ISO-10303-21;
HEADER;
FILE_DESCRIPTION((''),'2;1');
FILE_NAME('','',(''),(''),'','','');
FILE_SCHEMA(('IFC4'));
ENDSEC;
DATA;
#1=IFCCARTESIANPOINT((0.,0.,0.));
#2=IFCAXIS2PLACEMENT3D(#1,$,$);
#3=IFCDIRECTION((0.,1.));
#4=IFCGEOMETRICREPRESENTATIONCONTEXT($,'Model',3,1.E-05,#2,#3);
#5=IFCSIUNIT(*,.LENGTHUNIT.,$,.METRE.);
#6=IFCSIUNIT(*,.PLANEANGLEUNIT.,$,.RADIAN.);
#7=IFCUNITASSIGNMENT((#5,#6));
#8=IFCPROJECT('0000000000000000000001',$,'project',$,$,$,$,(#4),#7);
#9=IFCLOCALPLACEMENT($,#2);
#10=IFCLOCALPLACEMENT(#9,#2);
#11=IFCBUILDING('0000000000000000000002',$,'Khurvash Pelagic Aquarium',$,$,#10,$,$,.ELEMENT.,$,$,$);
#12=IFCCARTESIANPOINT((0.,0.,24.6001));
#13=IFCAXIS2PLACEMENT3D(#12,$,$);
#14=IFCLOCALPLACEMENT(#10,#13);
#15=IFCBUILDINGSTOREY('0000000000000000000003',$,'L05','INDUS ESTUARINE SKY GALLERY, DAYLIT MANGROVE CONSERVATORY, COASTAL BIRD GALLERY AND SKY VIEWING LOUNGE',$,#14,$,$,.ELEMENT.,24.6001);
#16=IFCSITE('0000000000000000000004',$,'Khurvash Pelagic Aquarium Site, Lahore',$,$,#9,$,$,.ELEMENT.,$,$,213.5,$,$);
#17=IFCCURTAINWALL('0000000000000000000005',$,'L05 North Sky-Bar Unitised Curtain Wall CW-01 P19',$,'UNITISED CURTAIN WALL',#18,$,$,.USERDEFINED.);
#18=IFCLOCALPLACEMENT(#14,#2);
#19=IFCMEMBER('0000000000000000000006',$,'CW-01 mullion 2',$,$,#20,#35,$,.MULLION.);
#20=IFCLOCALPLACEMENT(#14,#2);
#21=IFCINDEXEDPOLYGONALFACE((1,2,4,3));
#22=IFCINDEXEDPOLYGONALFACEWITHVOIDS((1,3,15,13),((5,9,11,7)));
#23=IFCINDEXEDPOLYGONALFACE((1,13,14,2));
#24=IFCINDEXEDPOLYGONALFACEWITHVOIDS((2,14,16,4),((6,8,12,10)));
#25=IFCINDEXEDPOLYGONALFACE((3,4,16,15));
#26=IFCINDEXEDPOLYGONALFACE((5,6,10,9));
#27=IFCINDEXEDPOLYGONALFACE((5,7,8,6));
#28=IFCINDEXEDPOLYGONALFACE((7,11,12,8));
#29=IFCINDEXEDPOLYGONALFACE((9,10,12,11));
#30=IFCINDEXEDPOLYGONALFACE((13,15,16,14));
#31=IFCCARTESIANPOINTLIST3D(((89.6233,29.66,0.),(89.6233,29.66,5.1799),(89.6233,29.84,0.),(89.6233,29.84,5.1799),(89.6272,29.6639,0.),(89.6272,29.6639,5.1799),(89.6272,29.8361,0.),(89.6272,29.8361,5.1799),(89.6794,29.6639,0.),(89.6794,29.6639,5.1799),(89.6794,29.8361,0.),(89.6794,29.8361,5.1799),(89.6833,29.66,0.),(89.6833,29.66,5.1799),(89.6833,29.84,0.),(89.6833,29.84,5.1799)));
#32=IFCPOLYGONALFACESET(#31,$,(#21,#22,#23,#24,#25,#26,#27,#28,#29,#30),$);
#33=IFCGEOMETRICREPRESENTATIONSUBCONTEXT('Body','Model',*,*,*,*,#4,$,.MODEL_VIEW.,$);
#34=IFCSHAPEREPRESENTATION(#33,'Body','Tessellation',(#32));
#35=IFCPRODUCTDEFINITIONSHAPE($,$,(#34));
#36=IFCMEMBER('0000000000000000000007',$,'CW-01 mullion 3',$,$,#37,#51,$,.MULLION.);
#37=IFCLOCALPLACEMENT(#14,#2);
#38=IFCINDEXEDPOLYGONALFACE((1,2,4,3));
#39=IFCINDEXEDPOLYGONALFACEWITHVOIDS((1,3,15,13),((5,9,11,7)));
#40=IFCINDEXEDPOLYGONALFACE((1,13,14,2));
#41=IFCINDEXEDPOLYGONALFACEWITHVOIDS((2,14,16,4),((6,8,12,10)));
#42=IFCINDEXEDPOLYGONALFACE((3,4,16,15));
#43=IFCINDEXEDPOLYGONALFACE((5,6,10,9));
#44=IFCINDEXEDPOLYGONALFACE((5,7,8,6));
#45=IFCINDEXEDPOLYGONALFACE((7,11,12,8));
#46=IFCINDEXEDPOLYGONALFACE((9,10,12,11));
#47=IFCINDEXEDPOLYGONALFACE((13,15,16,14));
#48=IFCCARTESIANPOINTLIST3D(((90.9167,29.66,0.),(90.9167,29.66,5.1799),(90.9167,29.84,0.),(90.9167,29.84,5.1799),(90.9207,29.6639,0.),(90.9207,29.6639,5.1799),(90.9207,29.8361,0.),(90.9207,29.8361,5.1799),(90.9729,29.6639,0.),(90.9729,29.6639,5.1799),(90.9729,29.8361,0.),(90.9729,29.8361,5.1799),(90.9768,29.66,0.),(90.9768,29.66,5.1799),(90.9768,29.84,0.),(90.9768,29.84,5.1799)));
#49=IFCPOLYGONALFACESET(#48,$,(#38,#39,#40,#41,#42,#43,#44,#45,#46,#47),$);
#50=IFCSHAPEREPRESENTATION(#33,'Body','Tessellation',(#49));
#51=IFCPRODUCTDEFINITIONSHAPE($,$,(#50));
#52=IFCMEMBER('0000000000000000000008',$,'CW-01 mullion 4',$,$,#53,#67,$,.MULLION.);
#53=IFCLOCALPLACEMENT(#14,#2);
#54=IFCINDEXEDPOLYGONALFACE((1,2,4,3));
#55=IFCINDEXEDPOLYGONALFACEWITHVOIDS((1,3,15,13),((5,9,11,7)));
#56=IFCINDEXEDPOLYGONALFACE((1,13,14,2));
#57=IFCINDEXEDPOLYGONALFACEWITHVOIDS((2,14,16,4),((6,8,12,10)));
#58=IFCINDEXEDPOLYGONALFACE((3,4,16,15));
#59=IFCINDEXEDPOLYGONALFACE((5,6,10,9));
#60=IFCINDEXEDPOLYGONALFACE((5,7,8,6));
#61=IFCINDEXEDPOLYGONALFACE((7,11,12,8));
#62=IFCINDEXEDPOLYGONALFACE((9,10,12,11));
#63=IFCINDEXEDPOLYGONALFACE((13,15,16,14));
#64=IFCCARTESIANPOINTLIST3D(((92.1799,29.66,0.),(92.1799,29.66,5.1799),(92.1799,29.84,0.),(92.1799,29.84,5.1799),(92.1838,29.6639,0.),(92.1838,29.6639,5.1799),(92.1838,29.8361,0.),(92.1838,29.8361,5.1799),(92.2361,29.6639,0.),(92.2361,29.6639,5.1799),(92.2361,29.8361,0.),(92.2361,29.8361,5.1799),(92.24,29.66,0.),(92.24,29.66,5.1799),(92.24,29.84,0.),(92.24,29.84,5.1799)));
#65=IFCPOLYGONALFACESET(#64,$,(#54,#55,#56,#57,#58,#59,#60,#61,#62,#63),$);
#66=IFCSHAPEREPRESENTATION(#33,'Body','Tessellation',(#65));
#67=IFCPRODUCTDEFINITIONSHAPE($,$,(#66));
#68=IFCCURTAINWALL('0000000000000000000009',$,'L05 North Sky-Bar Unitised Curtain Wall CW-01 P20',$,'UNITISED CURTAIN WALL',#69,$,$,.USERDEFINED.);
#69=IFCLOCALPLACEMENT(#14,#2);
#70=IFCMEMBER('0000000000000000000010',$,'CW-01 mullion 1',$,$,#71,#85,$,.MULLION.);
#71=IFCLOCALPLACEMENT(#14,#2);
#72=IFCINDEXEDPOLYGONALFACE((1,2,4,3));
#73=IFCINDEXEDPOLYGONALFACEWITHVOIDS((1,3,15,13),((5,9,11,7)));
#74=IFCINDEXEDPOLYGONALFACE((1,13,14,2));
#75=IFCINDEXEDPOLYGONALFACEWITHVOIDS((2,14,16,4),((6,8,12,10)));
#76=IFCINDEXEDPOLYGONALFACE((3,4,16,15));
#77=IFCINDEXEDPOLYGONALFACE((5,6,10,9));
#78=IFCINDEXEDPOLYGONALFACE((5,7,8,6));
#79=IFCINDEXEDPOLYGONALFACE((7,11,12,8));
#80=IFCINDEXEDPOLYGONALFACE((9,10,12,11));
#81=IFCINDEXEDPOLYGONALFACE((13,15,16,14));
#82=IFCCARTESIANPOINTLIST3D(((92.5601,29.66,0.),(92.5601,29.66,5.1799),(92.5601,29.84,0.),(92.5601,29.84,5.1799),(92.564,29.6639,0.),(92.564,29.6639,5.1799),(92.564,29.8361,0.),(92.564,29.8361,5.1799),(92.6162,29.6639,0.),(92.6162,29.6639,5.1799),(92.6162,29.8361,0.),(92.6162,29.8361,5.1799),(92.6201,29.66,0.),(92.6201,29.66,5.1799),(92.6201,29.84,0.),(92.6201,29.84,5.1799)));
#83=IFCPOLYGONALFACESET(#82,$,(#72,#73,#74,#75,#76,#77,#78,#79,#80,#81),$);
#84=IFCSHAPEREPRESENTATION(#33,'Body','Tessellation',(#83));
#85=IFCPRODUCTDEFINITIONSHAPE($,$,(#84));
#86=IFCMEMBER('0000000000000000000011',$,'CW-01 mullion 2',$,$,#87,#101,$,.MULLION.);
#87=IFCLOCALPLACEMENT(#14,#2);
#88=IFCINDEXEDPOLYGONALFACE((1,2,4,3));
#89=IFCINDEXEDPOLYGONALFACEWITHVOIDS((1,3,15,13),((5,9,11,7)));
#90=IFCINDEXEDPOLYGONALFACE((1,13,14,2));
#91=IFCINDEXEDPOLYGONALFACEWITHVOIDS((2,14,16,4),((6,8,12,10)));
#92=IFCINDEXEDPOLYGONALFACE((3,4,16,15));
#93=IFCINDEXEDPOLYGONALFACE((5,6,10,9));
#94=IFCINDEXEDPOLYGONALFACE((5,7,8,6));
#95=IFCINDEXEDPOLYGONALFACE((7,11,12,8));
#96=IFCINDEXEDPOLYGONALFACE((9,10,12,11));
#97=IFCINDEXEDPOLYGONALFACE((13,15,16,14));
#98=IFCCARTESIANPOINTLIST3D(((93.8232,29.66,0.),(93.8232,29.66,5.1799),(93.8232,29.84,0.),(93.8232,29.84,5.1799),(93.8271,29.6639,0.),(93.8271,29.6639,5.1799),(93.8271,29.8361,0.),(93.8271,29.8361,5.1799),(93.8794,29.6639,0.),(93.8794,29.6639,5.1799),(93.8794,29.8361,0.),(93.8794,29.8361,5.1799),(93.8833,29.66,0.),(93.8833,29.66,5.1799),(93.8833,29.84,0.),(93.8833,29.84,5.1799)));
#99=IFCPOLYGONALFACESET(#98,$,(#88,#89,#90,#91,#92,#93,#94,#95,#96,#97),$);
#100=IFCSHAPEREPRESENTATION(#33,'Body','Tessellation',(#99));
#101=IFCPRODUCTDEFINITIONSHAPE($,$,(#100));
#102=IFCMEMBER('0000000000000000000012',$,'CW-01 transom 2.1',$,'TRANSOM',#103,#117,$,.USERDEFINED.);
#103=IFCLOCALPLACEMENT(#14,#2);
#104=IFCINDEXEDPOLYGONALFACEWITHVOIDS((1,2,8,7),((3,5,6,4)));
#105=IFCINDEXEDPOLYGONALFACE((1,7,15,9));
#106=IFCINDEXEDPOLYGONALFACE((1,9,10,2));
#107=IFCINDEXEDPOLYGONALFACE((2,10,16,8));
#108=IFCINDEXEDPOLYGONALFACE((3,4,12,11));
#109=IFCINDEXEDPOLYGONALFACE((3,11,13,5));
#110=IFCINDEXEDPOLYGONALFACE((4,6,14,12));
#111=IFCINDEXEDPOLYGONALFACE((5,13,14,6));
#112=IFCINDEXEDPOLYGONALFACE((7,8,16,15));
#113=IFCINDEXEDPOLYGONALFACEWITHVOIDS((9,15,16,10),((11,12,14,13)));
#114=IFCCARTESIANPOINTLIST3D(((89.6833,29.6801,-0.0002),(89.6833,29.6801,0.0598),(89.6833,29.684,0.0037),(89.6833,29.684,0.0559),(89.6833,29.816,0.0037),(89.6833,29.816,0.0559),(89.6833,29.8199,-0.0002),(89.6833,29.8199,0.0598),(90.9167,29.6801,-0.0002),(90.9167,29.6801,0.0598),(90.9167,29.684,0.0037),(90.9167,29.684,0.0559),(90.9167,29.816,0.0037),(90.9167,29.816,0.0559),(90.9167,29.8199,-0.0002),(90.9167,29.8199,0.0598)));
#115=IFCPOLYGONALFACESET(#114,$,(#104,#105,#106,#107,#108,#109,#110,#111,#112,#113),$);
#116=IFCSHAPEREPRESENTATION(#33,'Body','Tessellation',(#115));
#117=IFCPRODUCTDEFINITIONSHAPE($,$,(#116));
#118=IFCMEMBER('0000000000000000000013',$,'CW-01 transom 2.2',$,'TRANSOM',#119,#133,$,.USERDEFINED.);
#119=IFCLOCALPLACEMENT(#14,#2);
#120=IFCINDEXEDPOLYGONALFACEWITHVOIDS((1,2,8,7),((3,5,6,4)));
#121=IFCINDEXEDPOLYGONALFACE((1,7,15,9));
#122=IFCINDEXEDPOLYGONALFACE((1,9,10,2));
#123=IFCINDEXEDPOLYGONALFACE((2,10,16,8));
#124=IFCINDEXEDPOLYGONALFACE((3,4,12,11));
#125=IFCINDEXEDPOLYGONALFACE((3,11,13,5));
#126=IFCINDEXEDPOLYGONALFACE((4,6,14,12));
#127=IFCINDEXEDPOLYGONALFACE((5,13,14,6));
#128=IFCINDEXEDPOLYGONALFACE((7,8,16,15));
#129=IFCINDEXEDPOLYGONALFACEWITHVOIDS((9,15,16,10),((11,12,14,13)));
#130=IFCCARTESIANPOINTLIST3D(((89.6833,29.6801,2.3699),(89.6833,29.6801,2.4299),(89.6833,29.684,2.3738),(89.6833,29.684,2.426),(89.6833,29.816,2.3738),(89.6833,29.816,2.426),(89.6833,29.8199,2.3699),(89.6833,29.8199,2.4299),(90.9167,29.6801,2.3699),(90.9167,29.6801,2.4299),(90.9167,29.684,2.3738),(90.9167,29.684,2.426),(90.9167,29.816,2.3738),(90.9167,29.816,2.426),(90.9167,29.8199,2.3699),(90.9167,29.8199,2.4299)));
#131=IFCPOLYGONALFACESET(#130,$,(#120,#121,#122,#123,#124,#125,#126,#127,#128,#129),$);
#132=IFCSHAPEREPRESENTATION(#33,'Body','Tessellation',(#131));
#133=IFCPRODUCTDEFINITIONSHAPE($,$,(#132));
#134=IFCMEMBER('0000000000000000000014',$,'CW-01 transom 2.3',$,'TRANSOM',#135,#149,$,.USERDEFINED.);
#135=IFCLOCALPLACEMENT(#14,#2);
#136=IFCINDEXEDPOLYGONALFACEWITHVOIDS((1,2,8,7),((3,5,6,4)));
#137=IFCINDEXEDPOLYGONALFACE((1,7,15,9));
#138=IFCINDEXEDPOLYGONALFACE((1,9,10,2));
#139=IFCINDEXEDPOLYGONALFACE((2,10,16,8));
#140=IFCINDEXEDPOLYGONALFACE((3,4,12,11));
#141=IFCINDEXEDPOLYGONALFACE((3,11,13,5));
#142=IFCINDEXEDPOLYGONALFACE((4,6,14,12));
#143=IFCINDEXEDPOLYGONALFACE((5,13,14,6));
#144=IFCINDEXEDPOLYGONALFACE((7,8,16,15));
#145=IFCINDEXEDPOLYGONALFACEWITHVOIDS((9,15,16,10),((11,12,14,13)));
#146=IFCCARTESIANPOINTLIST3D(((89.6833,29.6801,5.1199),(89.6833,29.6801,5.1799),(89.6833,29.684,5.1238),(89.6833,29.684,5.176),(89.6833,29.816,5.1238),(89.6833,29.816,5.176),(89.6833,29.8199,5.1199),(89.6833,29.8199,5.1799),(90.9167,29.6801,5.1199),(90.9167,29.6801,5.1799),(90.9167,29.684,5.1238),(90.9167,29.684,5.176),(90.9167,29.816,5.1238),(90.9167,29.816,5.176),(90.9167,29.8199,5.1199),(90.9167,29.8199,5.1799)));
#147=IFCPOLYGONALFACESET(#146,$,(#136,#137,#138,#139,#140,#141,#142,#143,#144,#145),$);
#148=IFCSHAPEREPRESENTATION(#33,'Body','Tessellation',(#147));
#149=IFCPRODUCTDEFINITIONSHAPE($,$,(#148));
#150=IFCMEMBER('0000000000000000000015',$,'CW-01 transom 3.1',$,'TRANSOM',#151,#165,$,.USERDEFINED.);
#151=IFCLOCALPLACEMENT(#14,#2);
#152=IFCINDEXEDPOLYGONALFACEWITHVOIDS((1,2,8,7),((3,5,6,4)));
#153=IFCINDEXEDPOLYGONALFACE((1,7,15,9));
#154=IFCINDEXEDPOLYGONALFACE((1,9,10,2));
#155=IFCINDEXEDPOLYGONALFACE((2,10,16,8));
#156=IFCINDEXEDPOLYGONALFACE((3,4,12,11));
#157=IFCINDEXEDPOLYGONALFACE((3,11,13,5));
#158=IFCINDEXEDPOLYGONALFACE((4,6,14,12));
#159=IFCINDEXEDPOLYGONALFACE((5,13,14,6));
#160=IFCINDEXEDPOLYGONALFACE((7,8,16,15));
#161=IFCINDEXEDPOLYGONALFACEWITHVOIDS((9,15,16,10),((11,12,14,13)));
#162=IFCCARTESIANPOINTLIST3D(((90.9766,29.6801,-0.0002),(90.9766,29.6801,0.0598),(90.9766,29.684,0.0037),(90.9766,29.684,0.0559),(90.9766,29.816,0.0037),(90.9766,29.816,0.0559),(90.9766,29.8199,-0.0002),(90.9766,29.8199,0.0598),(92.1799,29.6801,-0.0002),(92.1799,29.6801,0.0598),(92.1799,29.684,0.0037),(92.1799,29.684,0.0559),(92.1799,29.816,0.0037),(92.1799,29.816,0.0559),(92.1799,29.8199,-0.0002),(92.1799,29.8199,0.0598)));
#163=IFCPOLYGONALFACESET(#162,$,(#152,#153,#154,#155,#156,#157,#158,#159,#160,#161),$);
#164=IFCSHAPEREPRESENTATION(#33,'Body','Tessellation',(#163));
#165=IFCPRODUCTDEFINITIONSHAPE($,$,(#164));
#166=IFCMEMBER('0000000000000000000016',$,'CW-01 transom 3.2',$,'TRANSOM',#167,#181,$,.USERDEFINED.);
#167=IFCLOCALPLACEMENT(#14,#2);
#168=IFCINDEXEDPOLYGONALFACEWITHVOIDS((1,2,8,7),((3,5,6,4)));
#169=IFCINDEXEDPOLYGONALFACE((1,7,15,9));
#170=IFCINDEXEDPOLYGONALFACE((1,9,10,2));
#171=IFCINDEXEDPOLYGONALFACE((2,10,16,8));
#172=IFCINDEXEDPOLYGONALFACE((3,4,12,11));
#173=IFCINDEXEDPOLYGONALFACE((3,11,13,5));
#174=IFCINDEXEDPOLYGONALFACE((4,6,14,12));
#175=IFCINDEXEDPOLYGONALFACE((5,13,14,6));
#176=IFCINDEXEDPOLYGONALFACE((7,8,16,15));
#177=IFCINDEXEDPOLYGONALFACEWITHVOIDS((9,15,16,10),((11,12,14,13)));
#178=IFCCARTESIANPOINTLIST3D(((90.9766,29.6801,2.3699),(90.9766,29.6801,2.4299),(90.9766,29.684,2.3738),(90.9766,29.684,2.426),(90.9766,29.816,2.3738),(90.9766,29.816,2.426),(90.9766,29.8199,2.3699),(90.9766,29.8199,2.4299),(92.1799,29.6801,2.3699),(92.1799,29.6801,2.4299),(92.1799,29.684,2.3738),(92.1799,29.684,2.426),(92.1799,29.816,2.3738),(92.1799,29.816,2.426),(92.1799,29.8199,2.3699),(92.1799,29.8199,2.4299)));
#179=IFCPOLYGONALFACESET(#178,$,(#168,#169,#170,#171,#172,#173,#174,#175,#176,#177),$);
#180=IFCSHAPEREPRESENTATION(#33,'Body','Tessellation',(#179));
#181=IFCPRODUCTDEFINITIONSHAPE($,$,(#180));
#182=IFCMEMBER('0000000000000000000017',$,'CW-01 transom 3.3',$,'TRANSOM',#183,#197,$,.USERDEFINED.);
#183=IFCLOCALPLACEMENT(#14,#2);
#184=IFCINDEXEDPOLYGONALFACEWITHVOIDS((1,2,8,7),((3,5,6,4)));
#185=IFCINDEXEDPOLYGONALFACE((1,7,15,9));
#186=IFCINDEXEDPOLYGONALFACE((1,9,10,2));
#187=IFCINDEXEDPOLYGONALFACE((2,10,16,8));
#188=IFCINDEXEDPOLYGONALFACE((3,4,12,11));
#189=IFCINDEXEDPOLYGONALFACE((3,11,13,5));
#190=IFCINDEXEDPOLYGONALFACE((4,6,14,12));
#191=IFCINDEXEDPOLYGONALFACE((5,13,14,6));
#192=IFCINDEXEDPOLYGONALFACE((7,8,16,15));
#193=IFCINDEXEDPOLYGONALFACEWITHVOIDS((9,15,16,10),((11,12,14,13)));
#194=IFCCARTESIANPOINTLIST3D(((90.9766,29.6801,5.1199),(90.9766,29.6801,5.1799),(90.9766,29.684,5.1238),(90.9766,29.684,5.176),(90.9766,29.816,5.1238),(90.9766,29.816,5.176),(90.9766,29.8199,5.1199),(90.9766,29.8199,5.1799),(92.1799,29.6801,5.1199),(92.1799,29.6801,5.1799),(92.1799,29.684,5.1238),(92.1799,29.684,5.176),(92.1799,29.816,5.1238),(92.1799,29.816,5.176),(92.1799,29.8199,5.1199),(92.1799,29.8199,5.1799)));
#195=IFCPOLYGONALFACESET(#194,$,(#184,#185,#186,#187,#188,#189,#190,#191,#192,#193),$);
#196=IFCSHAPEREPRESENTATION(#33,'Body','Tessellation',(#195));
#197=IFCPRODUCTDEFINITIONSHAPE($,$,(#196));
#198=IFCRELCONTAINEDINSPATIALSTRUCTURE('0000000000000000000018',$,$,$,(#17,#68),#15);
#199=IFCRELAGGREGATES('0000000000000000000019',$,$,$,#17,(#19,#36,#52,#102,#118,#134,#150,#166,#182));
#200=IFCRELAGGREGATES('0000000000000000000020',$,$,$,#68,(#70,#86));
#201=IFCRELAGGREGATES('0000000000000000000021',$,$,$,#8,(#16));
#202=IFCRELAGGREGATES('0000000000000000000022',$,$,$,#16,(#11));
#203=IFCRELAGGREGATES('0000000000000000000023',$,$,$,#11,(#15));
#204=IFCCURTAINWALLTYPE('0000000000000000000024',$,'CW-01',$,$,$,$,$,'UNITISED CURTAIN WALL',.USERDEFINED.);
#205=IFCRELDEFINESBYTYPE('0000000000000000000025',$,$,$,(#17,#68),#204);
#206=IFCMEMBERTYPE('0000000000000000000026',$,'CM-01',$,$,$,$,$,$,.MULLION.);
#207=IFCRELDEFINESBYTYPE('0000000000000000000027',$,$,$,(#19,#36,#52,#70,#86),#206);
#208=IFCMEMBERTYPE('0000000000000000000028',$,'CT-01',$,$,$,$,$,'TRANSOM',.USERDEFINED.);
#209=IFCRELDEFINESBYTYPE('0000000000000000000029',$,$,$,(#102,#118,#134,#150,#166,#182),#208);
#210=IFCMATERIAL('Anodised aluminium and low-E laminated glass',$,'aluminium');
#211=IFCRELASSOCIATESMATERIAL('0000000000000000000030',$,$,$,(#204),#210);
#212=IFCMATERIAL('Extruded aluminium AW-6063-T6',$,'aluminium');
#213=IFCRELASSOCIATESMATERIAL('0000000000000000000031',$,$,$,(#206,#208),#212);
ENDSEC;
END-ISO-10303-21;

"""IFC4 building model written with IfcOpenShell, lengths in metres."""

from ifc_helpers import new_model, si_unit, direction, frame, origin, origin_2d, place, context, subcontext, project, spatial, hollow_rectangle, extrude, material, material_profile, profile_set, type_object, element, aggregate, save


model = new_model("IFC4")

# Units and contexts
model_context = context("Model", 3, precision=1e-05, world=origin(), true_north=direction((0.0, 1.0)))
body_context = subcontext(model_context, "Body", "Model", "MODEL_VIEW")
ifc_project = project(units=[si_unit("LENGTHUNIT", "METRE"), si_unit("PLANEANGLEUNIT", "RADIAN")], contexts=[model_context])

# Site, building, storey
site_placement = place(None, origin())
site = spatial("IfcSite", under=ifc_project, at=site_placement, Name="Khurvash Pelagic Aquarium Site, Lahore", CompositionType="ELEMENT", RefElevation=213.5)
building_placement = place(site_placement, origin())
building = spatial("IfcBuilding", under=site, at=building_placement, Name="Khurvash Pelagic Aquarium", CompositionType="ELEMENT")
storey_placement = place(building_placement, frame((0.0, 0.0, 24.6001)))
storey = spatial("IfcBuildingStorey", under=building, at=storey_placement, Name="L05", Description="INDUS ESTUARINE SKY GALLERY, DAYLIT MANGROVE CONSERVATORY, COASTAL BIRD GALLERY AND SKY VIEWING LOUNGE", CompositionType="ELEMENT", Elevation=24.6001)

# Curtain walls, members
ifc_material_1 = material(Name="Anodised aluminium and low-E laminated glass", Category="aluminium")
curtain_wall_type = type_object("IfcCurtainWallType", Name="CW-01", ElementType="UNITISED CURTAIN WALL", PredefinedType="USERDEFINED", material=ifc_material_1)
curtain_wall_1_placement = place(storey_placement, origin())
curtain_wall_1 = element("IfcCurtainWall", 1, at=curtain_wall_1_placement, inside=storey, type_object=curtain_wall_type, Name="L05 North Sky-Bar Unitised Curtain Wall CW-01 P19", ObjectType="UNITISED CURTAIN WALL", PredefinedType="USERDEFINED")
ifc_material_2 = material(Name="Extruded aluminium AW-6063-T6", Category="aluminium")
ifc_material_profile_1 = material_profile(ifc_material_2, hollow_rectangle(XDim=0.0601, YDim=0.1799, WallThickness=0.0039, at=origin_2d()), Name="CWM60X180X4")
ifc_profile_set_1 = profile_set([ifc_material_profile_1], Name="Extruded aluminium AW-6063-T6")
member_type_1 = type_object("IfcMemberType", Name="CM-01", PredefinedType="MULLION", material=ifc_profile_set_1)
member_1_placement = place(storey_placement, frame((89.6533, 29.75, 0.0), z_axis=(0.0, 0.0, 1.0), x_axis=(1.0, 0.0, 0.0)))
member_1 = element("IfcMember", 2, at=member_1_placement, type_object=member_type_1, Name="CW-01 mullion 2", PredefinedType="MULLION", context=body_context, shape_type="SweptSolid", body=[
    extrude(hollow_rectangle(XDim=0.0601, YDim=0.1799, WallThickness=0.0039, at=origin_2d()), origin(), (0.0, 0.0, 1.0), 5.1799),
])
member_2_placement = place(storey_placement, frame((90.9468, 29.75, 0.0), z_axis=(0.0, 0.0, 1.0), x_axis=(1.0, 0.0, 0.0)))
member_2 = element("IfcMember", 3, at=member_2_placement, type_object=member_type_1, Name="CW-01 mullion 3", PredefinedType="MULLION", context=body_context, shape_type="SweptSolid", body=[
    extrude(hollow_rectangle(XDim=0.0601, YDim=0.1799, WallThickness=0.0039, at=origin_2d()), origin(), (0.0, 0.0, 1.0), 5.1799),
])
member_3_placement = place(storey_placement, frame((92.21, 29.75, 0.0), z_axis=(0.0, 0.0, 1.0), x_axis=(1.0, 0.0, 0.0)))
member_3 = element("IfcMember", 4, at=member_3_placement, type_object=member_type_1, Name="CW-01 mullion 4", PredefinedType="MULLION", context=body_context, shape_type="SweptSolid", body=[
    extrude(hollow_rectangle(XDim=0.0601, YDim=0.1799, WallThickness=0.0039, at=origin_2d()), origin(), (0.0, 0.0, 1.0), 5.1799),
])
curtain_wall_2_placement = place(storey_placement, origin())
curtain_wall_2 = element("IfcCurtainWall", 5, at=curtain_wall_2_placement, inside=storey, type_object=curtain_wall_type, Name="L05 North Sky-Bar Unitised Curtain Wall CW-01 P20", ObjectType="UNITISED CURTAIN WALL", PredefinedType="USERDEFINED")
member_4_placement = place(storey_placement, frame((92.5901, 29.75, 0.0), z_axis=(0.0, 0.0, 1.0), x_axis=(1.0, 0.0, 0.0)))
member_4 = element("IfcMember", 6, at=member_4_placement, type_object=member_type_1, Name="CW-01 mullion 1", PredefinedType="MULLION", context=body_context, shape_type="SweptSolid", body=[
    extrude(hollow_rectangle(XDim=0.0601, YDim=0.1799, WallThickness=0.0039, at=origin_2d()), origin(), (0.0, 0.0, 1.0), 5.1799),
])
member_5_placement = place(storey_placement, frame((93.8533, 29.75, 0.0), z_axis=(0.0, 0.0, 1.0), x_axis=(1.0, 0.0, 0.0)))
member_5 = element("IfcMember", 7, at=member_5_placement, type_object=member_type_1, Name="CW-01 mullion 2", PredefinedType="MULLION", context=body_context, shape_type="SweptSolid", body=[
    extrude(hollow_rectangle(XDim=0.0601, YDim=0.1799, WallThickness=0.0039, at=origin_2d()), origin(), (0.0, 0.0, 1.0), 5.1799),
])

# Members
ifc_material_profile_2 = material_profile(ifc_material_2, hollow_rectangle(XDim=0.1399, YDim=0.0601, WallThickness=0.0039, at=origin_2d()), Name="CWT140X60X4")
ifc_profile_set_2 = profile_set([ifc_material_profile_2], Name="Extruded aluminium AW-6063-T6")
member_type_2 = type_object("IfcMemberType", Name="CT-01", ElementType="TRANSOM", PredefinedType="USERDEFINED", material=ifc_profile_set_2)
member_6_placement = place(storey_placement, frame((89.6833, 29.75, 0.0298), z_axis=(1.0, 0.0, 0.0), x_axis=(0.0, 1.0, 0.0)))
member_6 = element("IfcMember", 8, at=member_6_placement, type_object=member_type_2, Name="CW-01 transom 2.1", ObjectType="TRANSOM", PredefinedType="USERDEFINED", context=body_context, shape_type="SweptSolid", body=[
    extrude(hollow_rectangle(XDim=0.1399, YDim=0.0601, WallThickness=0.0039, at=origin_2d()), origin(), (0.0, 0.0, 1.0), 1.2334),
])
member_7_placement = place(storey_placement, frame((89.6833, 29.75, 2.3999), z_axis=(1.0, 0.0, 0.0), x_axis=(0.0, 1.0, 0.0)))
member_7 = element("IfcMember", 9, at=member_7_placement, type_object=member_type_2, Name="CW-01 transom 2.2", ObjectType="TRANSOM", PredefinedType="USERDEFINED", context=body_context, shape_type="SweptSolid", body=[
    extrude(hollow_rectangle(XDim=0.1399, YDim=0.0601, WallThickness=0.0039, at=origin_2d()), origin(), (0.0, 0.0, 1.0), 1.2334),
])
member_8_placement = place(storey_placement, frame((89.6833, 29.75, 5.1499), z_axis=(1.0, 0.0, 0.0), x_axis=(0.0, 1.0, 0.0)))
member_8 = element("IfcMember", 10, at=member_8_placement, type_object=member_type_2, Name="CW-01 transom 2.3", ObjectType="TRANSOM", PredefinedType="USERDEFINED", context=body_context, shape_type="SweptSolid", body=[
    extrude(hollow_rectangle(XDim=0.1399, YDim=0.0601, WallThickness=0.0039, at=origin_2d()), origin(), (0.0, 0.0, 1.0), 1.2334),
])
member_9_placement = place(storey_placement, frame((90.9766, 29.75, 0.0298), z_axis=(1.0, 0.0, 0.0), x_axis=(0.0, 1.0, 0.0)))
member_9 = element("IfcMember", 11, at=member_9_placement, type_object=member_type_2, Name="CW-01 transom 3.1", ObjectType="TRANSOM", PredefinedType="USERDEFINED", context=body_context, shape_type="SweptSolid", body=[
    extrude(hollow_rectangle(XDim=0.1399, YDim=0.0601, WallThickness=0.0039, at=origin_2d()), origin(), (0.0, 0.0, 1.0), 1.2034),
])
member_10_placement = place(storey_placement, frame((90.9766, 29.75, 2.3999), z_axis=(1.0, 0.0, 0.0), x_axis=(0.0, 1.0, 0.0)))
member_10 = element("IfcMember", 12, at=member_10_placement, type_object=member_type_2, Name="CW-01 transom 3.2", ObjectType="TRANSOM", PredefinedType="USERDEFINED", context=body_context, shape_type="SweptSolid", body=[
    extrude(hollow_rectangle(XDim=0.1399, YDim=0.0601, WallThickness=0.0039, at=origin_2d()), origin(), (0.0, 0.0, 1.0), 1.2034),
])
member_11_placement = place(storey_placement, frame((90.9766, 29.75, 5.1499), z_axis=(1.0, 0.0, 0.0), x_axis=(0.0, 1.0, 0.0)))
member_11 = element("IfcMember", 13, at=member_11_placement, type_object=member_type_2, Name="CW-01 transom 3.3", ObjectType="TRANSOM", PredefinedType="USERDEFINED", context=body_context, shape_type="SweptSolid", body=[
    extrude(hollow_rectangle(XDim=0.1399, YDim=0.0601, WallThickness=0.0039, at=origin_2d()), origin(), (0.0, 0.0, 1.0), 1.2034),
])

aggregate(curtain_wall_1, [member_1, member_2, member_3, member_6, member_7, member_8, member_9, member_10, member_11])
aggregate(curtain_wall_2, [member_4, member_5])

save(model, "model.ifc")
